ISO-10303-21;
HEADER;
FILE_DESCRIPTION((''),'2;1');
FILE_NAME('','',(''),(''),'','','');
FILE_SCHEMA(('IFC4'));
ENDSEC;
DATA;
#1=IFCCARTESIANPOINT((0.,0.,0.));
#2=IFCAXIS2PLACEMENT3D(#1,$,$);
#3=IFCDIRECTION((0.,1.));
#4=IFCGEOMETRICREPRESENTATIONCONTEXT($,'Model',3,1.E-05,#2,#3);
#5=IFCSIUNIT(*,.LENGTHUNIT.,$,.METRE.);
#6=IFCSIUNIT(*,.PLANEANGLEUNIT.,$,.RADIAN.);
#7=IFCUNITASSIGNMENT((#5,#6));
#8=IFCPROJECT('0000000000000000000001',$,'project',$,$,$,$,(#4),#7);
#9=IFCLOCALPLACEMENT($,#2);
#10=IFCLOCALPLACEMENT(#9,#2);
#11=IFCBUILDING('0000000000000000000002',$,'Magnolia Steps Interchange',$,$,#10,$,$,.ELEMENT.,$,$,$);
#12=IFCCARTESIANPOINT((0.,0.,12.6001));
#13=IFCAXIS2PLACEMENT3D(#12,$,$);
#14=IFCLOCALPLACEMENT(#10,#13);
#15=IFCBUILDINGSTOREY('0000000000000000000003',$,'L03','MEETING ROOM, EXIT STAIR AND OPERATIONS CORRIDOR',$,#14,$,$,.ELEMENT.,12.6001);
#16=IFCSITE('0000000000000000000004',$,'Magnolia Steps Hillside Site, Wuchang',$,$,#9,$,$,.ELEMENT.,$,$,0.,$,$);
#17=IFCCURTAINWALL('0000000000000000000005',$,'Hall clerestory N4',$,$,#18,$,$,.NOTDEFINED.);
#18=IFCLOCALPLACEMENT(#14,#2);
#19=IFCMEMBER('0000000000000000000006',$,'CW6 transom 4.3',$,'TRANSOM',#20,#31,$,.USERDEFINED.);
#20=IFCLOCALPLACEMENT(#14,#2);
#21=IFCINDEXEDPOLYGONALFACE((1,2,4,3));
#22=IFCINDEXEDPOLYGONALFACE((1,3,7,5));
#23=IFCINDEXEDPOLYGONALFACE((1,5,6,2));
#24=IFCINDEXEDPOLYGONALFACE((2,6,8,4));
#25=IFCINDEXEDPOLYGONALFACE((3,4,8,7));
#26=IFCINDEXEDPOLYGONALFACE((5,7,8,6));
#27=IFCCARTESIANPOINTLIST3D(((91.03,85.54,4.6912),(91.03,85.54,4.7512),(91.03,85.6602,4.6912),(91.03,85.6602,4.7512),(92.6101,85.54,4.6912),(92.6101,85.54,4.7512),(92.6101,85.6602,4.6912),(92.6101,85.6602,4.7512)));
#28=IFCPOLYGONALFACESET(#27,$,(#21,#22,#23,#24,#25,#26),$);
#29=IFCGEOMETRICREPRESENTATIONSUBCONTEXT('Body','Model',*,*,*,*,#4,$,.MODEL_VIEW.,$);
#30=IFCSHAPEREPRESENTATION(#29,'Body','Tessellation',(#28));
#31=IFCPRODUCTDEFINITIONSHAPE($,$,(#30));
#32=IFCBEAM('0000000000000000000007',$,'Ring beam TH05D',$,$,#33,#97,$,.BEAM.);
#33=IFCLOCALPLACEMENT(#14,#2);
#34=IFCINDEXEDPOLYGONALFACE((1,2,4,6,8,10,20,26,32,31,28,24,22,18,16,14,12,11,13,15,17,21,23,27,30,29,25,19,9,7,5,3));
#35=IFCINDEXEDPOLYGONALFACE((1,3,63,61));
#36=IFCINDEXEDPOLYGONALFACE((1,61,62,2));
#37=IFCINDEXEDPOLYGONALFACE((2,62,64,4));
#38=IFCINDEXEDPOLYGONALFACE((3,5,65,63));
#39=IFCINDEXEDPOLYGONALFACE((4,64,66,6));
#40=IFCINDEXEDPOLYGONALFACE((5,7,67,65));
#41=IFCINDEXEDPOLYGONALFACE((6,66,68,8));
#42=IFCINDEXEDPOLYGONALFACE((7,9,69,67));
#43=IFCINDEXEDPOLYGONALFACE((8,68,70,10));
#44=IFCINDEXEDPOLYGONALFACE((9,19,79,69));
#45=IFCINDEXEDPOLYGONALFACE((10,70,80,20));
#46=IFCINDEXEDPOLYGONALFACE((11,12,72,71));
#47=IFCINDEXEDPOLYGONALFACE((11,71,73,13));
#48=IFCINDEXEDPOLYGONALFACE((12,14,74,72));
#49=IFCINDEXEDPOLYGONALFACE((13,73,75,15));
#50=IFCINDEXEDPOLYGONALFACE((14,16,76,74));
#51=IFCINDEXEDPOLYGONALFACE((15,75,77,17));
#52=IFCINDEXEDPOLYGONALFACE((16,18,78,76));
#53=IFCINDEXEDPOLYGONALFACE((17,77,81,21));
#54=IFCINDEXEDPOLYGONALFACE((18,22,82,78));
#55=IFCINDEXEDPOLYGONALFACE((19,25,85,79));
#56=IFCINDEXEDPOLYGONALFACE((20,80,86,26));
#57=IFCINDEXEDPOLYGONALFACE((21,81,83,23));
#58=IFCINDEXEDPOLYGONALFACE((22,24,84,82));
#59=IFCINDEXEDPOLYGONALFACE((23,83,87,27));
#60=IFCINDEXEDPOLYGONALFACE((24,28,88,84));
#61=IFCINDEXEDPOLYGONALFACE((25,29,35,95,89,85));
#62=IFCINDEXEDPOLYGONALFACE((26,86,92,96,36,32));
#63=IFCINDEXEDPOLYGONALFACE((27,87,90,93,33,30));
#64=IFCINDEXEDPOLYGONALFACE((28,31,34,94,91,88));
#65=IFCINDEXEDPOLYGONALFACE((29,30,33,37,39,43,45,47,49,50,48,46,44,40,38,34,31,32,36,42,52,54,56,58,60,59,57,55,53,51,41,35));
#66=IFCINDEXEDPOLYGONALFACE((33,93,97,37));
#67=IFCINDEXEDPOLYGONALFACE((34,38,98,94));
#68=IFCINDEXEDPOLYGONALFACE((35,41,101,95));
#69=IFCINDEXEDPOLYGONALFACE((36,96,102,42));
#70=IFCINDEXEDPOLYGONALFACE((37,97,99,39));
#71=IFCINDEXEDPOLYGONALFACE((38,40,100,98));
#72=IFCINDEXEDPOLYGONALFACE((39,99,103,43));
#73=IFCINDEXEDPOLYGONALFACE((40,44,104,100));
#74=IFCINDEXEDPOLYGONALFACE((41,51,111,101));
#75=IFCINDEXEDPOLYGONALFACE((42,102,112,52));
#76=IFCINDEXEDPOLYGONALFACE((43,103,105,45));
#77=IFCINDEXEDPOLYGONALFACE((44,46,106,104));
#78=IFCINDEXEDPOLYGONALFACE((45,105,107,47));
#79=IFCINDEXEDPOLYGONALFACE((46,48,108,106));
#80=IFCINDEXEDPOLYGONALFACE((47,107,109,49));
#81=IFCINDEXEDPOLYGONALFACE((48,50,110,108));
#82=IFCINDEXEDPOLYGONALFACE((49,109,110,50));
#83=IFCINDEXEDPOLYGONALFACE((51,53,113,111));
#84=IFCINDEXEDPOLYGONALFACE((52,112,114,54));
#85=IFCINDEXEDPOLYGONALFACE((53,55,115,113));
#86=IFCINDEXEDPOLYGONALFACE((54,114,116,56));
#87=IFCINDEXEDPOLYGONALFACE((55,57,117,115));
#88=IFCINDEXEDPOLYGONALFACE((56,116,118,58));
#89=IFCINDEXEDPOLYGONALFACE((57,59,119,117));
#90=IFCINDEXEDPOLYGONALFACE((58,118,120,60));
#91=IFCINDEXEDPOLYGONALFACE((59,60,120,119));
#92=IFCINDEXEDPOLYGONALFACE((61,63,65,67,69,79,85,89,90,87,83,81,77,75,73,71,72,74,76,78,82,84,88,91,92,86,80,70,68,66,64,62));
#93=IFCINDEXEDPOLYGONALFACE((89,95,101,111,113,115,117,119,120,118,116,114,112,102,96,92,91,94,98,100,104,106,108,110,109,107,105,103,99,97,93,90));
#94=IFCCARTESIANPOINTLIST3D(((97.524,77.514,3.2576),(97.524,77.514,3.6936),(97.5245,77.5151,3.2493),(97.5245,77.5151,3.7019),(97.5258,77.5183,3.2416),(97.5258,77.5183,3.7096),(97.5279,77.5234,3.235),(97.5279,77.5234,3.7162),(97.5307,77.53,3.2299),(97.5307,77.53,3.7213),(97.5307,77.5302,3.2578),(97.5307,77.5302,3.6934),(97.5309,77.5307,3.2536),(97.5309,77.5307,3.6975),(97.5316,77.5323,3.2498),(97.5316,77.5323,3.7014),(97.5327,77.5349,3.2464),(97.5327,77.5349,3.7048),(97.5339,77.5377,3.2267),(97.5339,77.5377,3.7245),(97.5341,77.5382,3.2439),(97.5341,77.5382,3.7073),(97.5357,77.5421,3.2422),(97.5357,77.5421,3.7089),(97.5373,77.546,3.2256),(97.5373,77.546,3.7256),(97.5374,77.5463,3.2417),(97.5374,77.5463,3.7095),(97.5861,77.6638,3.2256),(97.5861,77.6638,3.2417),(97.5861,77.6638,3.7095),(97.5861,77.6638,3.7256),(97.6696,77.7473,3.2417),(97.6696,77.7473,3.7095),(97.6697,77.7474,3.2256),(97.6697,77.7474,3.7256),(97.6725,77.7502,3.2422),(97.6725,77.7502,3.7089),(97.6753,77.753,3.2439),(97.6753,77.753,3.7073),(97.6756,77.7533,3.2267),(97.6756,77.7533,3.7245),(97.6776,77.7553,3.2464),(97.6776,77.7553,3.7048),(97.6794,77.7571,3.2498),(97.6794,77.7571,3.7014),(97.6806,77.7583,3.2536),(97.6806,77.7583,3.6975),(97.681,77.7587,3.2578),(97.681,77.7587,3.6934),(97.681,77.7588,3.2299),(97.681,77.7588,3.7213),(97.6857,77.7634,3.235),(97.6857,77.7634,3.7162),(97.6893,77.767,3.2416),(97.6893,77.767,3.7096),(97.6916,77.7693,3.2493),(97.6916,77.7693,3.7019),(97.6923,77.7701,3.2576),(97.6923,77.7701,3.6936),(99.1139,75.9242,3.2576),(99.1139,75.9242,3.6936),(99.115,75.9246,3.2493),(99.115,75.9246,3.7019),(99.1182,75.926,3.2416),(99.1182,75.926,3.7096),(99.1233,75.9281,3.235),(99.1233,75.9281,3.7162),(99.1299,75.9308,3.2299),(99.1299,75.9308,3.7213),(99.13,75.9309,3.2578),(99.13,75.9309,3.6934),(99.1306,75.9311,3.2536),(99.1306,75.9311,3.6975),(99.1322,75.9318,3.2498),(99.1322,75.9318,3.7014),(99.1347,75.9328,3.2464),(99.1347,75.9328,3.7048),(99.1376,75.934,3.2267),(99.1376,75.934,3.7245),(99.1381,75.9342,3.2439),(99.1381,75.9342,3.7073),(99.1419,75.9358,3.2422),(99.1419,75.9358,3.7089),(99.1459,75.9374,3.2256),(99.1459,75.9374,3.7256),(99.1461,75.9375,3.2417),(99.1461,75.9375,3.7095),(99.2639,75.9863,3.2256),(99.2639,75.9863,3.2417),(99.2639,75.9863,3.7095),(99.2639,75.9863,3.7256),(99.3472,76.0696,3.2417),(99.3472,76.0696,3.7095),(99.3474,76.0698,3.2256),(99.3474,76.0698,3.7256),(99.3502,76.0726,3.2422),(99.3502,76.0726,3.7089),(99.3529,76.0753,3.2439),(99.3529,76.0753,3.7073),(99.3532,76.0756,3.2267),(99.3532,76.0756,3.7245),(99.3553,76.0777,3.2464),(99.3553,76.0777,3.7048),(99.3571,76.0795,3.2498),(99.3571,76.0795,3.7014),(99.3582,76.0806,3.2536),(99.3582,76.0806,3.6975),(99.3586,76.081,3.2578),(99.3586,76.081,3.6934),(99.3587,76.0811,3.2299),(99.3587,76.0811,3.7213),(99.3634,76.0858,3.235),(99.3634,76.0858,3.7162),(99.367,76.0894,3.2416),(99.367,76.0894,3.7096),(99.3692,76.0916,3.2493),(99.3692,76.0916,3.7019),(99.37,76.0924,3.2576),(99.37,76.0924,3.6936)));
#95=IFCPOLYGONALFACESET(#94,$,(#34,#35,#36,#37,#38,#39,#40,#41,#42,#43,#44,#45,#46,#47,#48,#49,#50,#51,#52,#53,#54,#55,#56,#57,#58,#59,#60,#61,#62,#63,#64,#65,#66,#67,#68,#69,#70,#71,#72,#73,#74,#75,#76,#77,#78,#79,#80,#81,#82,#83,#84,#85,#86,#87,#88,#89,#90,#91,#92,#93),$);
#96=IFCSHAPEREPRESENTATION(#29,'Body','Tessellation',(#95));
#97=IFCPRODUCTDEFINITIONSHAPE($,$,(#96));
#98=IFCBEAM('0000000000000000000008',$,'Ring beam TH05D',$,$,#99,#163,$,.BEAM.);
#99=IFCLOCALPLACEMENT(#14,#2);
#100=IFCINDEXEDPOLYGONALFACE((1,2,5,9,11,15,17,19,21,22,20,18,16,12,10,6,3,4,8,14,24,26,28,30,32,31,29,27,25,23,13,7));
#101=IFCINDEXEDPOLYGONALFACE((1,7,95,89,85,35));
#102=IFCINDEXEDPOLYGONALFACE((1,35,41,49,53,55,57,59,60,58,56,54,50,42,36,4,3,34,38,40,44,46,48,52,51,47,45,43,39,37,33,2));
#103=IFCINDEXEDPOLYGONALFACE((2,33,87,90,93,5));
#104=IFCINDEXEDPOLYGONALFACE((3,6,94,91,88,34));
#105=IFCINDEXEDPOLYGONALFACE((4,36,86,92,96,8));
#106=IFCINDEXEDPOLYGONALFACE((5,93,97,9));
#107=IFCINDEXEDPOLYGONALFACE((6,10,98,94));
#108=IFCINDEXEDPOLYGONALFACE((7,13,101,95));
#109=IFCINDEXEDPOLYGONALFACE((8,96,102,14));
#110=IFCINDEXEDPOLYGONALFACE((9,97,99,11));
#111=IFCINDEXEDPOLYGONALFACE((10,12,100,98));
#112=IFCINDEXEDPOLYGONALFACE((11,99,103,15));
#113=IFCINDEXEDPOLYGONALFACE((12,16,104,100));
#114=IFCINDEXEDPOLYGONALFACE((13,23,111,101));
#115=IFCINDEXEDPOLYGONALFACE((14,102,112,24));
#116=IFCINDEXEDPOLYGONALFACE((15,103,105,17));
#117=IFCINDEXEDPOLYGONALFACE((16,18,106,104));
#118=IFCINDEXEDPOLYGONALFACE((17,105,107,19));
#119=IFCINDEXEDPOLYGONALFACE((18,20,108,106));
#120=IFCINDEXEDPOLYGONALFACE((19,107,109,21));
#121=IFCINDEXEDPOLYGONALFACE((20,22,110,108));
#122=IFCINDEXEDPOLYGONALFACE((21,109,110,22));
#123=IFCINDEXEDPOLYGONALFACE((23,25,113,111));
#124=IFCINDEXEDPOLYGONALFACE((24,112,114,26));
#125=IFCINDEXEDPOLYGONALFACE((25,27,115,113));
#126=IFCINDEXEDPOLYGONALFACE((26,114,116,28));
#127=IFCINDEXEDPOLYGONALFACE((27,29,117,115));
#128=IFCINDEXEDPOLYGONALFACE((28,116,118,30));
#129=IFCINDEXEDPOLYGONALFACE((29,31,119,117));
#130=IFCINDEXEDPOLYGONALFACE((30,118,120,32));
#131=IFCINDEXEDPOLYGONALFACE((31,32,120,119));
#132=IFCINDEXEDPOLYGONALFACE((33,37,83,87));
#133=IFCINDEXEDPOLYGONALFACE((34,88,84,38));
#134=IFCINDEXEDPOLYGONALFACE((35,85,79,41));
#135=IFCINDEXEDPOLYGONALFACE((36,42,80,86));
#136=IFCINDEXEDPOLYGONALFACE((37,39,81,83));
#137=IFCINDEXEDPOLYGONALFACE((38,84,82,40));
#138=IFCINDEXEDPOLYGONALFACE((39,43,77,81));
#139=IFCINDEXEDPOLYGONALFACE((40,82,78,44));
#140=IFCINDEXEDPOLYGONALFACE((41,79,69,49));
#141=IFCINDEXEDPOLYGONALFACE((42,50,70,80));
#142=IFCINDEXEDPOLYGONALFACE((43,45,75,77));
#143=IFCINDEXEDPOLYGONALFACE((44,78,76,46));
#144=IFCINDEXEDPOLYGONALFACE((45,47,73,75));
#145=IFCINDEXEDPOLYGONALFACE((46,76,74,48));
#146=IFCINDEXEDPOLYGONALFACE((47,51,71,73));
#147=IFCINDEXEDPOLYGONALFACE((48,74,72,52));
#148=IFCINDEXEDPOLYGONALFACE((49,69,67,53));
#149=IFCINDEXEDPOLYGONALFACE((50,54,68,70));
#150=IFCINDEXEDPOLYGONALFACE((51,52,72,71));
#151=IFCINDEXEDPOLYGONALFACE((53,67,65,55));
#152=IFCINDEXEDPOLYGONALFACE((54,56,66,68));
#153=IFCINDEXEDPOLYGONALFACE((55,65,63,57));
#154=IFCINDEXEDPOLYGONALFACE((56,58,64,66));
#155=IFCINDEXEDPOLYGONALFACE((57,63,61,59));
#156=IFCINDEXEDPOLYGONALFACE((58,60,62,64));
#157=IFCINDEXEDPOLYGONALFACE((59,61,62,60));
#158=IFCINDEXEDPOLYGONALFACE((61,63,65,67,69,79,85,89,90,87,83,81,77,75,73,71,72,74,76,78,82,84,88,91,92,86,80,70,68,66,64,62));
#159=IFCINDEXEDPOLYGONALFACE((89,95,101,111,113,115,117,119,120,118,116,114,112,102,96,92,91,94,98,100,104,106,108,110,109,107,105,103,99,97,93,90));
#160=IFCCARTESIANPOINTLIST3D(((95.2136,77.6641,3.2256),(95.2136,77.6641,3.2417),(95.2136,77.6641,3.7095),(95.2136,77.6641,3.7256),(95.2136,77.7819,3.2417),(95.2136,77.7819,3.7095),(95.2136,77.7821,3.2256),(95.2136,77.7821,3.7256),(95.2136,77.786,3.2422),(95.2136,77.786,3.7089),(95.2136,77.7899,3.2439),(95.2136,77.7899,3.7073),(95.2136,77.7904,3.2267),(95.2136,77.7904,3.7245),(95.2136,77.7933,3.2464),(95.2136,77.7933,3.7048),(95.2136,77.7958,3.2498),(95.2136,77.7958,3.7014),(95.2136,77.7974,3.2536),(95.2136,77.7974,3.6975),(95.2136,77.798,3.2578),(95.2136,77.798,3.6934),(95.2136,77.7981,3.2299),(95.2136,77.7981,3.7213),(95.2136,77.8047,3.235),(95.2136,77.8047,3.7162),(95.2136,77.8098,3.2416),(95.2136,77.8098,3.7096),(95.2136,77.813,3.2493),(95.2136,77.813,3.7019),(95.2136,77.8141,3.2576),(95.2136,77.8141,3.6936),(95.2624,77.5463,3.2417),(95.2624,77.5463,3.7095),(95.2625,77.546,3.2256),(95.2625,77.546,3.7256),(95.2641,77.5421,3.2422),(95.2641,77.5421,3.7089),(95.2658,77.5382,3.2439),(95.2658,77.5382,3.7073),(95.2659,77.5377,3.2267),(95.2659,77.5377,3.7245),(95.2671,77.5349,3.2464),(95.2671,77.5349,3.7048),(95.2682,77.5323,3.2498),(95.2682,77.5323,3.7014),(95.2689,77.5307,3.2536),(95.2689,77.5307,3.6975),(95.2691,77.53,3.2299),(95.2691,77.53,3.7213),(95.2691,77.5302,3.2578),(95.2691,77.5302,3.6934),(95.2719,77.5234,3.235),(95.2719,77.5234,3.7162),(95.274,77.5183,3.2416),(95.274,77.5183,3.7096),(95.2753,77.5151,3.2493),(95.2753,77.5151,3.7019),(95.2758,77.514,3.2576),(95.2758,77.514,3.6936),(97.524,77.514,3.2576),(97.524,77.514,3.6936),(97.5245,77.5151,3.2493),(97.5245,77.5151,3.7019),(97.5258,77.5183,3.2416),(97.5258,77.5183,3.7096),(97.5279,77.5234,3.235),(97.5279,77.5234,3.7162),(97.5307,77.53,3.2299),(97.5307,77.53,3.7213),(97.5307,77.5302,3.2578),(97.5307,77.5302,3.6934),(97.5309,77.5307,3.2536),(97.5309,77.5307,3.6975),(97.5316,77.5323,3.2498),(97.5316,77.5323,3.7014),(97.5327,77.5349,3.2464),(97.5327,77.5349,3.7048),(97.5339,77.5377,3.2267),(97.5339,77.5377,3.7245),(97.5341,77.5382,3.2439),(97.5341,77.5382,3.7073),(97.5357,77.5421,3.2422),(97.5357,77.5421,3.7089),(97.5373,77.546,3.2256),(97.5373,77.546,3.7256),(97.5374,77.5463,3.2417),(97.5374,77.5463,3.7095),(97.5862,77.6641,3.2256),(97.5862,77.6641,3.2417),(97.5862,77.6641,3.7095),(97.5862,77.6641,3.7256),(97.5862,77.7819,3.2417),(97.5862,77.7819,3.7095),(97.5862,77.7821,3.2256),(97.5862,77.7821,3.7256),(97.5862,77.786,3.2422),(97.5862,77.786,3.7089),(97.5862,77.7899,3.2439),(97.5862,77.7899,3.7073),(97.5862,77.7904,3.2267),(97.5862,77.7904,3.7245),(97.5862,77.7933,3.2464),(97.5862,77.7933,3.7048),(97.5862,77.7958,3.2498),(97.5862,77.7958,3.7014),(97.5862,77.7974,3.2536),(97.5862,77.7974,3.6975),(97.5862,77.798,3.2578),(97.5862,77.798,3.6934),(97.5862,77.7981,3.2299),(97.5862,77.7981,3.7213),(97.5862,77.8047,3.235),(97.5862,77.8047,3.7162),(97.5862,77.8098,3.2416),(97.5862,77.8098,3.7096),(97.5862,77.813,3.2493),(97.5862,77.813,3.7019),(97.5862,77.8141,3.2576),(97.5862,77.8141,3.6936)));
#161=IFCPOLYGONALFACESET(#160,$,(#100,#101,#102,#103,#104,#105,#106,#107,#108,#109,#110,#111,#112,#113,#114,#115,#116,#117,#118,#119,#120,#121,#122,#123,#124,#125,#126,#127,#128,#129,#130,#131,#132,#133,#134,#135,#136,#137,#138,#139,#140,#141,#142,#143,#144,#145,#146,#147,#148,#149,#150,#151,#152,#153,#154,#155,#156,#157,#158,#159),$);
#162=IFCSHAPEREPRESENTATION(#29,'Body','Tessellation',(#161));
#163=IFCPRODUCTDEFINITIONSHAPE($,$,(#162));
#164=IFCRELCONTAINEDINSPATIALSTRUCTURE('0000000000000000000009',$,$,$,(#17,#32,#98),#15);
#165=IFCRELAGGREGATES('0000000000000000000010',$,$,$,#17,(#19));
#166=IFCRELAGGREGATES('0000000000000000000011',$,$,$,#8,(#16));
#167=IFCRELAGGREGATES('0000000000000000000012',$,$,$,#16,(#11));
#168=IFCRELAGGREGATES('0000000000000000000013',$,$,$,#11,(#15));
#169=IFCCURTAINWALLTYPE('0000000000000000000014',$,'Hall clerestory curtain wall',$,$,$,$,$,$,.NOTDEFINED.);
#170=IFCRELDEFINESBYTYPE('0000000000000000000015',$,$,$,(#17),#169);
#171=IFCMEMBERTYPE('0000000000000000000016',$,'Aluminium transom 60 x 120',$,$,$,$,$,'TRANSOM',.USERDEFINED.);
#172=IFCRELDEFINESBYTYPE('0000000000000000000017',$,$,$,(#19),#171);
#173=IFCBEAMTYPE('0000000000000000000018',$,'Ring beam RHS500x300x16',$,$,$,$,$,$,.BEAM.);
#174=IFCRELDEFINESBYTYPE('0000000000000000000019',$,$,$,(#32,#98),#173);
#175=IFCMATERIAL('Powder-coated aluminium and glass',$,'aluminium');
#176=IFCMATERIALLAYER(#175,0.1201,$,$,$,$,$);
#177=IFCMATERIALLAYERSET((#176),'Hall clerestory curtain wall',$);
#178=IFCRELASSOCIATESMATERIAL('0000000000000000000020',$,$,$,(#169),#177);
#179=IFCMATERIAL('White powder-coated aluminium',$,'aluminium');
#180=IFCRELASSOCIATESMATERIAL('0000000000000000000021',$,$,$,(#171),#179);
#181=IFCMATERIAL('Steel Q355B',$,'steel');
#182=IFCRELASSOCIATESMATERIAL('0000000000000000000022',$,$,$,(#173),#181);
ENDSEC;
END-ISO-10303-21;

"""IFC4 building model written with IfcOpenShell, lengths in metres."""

from ifc_helpers import new_model, si_unit, direction, frame, origin, origin_2d, place, context, subcontext, project, spatial, rectangle, hollow_rectangle, extrude, clip, halfspace, material, layer, layer_set, material_profile, profile_set, type_object, element, aggregate, save


model = new_model("IFC4")

# Units and contexts
model_context = context("Model", 3, precision=1e-05, world=origin(), true_north=direction((0.0, 1.0)))
body_context = subcontext(model_context, "Body", "Model", "MODEL_VIEW")
ifc_project = project(units=[si_unit("LENGTHUNIT", "METRE"), si_unit("PLANEANGLEUNIT", "RADIAN")], contexts=[model_context])

# Site, building, storey
site_placement = place(None, origin())
site = spatial("IfcSite", under=ifc_project, at=site_placement, Name="Magnolia Steps Hillside Site, Wuchang", CompositionType="ELEMENT", RefElevation=0.0)
building_placement = place(site_placement, origin())
building = spatial("IfcBuilding", under=site, at=building_placement, Name="Magnolia Steps Interchange", CompositionType="ELEMENT")
storey_placement = place(building_placement, frame((0.0, 0.0, 12.6001)))
storey = spatial("IfcBuildingStorey", under=building, at=storey_placement, Name="L03", Description="MEETING ROOM, EXIT STAIR AND OPERATIONS CORRIDOR", CompositionType="ELEMENT", Elevation=12.6001)

# Curtain wall, member
ifc_material_1 = material(Name="Powder-coated aluminium and glass", Category="aluminium")
ifc_layer_1 = layer(ifc_material_1, 0.1201)
ifc_layer_set_1 = layer_set([ifc_layer_1], Name="Hall clerestory curtain wall")
curtain_wall_type = type_object("IfcCurtainWallType", Name="Hall clerestory curtain wall", PredefinedType="NOTDEFINED", material=ifc_layer_set_1)
curtain_wall_placement = place(storey_placement, origin())
curtain_wall = element("IfcCurtainWall", 1, at=curtain_wall_placement, inside=storey, type_object=curtain_wall_type, Name="Hall clerestory N4", PredefinedType="NOTDEFINED")
ifc_material_2 = material(Name="White powder-coated aluminium", Category="aluminium")
ifc_material_profile_1 = material_profile(ifc_material_2, rectangle(XDim=0.0601, YDim=0.1201, at=origin_2d()), Name="Aluminium transom 60 x 120")
ifc_profile_set_1 = profile_set([ifc_material_profile_1], Name="White powder-coated aluminium")
member_type_1 = type_object("IfcMemberType", Name="Aluminium transom 60 x 120", ElementType="TRANSOM", PredefinedType="USERDEFINED", material=ifc_profile_set_1)
member_1_placement = place(storey_placement, frame((91.03, 85.6001, 4.7212), z_axis=(1.0, 0.0, 0.0), x_axis=(0.0, 0.0, 1.0)))
member_1 = element("IfcMember", 2, at=member_1_placement, type_object=member_type_1, Name="CW6 transom 4.3", ObjectType="TRANSOM", PredefinedType="USERDEFINED", context=body_context, shape_type="SweptSolid", body=[
    extrude(rectangle(XDim=0.0601, YDim=0.1201, at=origin_2d()), origin(), (0.0, 0.0, 1.0), 1.5801),
])

# Beams
ifc_material_3 = material(Name="Steel Q355B", Category="steel")
ifc_material_profile_2 = material_profile(ifc_material_3, hollow_rectangle(XDim=0.3, YDim=0.5, WallThickness=0.0161, InnerFilletRadius=0.0161, OuterFilletRadius=0.032, at=origin_2d()), Name="RHS500x300x16")
ifc_profile_set_2 = profile_set([ifc_material_profile_2], Name="Steel Q355B")
beam_type = type_object("IfcBeamType", Name="Ring beam RHS500x300x16", PredefinedType="BEAM", material=ifc_profile_set_2)
beam_1_placement = place(storey_placement, frame((99.2639, 75.9863, 3.4756), z_axis=(-0.707107, 0.707107, 0.0), x_axis=(-0.707107, -0.707107, 0.0)))
element("IfcBeam", 3, at=beam_1_placement, inside=storey, type_object=beam_type, Name="Ring beam TH05D", PredefinedType="BEAM", context=body_context, shape_type="Clipping", body=[
    clip(clip(extrude(hollow_rectangle(XDim=0.3, YDim=0.5, WallThickness=0.0161, InnerFilletRadius=0.0161, OuterFilletRadius=0.032, at=origin_2d()), origin(), (0.0, 0.0, 1.0), 2.3726), halfspace(frame((0.0, 0.0, 0.0), z_axis=(0.382683, 0.0, -0.92388), x_axis=(0.92388, 0.0, 0.382683)), False)), halfspace(frame((0.0, 0.0, 2.3727), z_axis=(0.382683, 0.0, 0.92388), x_axis=(0.92388, 0.0, -0.382683)), False)),
])
beam_2_placement = place(storey_placement, frame((97.5862, 77.6641, 3.4756), z_axis=(-1.0, 0.0, 0.0), x_axis=(0.0, -1.0, 0.0)))
element("IfcBeam", 4, at=beam_2_placement, inside=storey, type_object=beam_type, Name="Ring beam TH05D", PredefinedType="BEAM", context=body_context, shape_type="Clipping", body=[
    clip(clip(extrude(hollow_rectangle(XDim=0.3, YDim=0.5, WallThickness=0.0161, InnerFilletRadius=0.0161, OuterFilletRadius=0.032, at=origin_2d()), origin(), (0.0, 0.0, 1.0), 2.3726), halfspace(frame((0.0, 0.0, 0.0), z_axis=(0.382683, 0.0, -0.92388), x_axis=(0.92388, 0.0, 0.382683)), False)), halfspace(frame((0.0, 0.0, 2.3726), z_axis=(0.382683, 0.0, 0.92388), x_axis=(0.92388, 0.0, -0.382683)), False)),
])

aggregate(curtain_wall, [member_1])

save(model, "model.ifc")
